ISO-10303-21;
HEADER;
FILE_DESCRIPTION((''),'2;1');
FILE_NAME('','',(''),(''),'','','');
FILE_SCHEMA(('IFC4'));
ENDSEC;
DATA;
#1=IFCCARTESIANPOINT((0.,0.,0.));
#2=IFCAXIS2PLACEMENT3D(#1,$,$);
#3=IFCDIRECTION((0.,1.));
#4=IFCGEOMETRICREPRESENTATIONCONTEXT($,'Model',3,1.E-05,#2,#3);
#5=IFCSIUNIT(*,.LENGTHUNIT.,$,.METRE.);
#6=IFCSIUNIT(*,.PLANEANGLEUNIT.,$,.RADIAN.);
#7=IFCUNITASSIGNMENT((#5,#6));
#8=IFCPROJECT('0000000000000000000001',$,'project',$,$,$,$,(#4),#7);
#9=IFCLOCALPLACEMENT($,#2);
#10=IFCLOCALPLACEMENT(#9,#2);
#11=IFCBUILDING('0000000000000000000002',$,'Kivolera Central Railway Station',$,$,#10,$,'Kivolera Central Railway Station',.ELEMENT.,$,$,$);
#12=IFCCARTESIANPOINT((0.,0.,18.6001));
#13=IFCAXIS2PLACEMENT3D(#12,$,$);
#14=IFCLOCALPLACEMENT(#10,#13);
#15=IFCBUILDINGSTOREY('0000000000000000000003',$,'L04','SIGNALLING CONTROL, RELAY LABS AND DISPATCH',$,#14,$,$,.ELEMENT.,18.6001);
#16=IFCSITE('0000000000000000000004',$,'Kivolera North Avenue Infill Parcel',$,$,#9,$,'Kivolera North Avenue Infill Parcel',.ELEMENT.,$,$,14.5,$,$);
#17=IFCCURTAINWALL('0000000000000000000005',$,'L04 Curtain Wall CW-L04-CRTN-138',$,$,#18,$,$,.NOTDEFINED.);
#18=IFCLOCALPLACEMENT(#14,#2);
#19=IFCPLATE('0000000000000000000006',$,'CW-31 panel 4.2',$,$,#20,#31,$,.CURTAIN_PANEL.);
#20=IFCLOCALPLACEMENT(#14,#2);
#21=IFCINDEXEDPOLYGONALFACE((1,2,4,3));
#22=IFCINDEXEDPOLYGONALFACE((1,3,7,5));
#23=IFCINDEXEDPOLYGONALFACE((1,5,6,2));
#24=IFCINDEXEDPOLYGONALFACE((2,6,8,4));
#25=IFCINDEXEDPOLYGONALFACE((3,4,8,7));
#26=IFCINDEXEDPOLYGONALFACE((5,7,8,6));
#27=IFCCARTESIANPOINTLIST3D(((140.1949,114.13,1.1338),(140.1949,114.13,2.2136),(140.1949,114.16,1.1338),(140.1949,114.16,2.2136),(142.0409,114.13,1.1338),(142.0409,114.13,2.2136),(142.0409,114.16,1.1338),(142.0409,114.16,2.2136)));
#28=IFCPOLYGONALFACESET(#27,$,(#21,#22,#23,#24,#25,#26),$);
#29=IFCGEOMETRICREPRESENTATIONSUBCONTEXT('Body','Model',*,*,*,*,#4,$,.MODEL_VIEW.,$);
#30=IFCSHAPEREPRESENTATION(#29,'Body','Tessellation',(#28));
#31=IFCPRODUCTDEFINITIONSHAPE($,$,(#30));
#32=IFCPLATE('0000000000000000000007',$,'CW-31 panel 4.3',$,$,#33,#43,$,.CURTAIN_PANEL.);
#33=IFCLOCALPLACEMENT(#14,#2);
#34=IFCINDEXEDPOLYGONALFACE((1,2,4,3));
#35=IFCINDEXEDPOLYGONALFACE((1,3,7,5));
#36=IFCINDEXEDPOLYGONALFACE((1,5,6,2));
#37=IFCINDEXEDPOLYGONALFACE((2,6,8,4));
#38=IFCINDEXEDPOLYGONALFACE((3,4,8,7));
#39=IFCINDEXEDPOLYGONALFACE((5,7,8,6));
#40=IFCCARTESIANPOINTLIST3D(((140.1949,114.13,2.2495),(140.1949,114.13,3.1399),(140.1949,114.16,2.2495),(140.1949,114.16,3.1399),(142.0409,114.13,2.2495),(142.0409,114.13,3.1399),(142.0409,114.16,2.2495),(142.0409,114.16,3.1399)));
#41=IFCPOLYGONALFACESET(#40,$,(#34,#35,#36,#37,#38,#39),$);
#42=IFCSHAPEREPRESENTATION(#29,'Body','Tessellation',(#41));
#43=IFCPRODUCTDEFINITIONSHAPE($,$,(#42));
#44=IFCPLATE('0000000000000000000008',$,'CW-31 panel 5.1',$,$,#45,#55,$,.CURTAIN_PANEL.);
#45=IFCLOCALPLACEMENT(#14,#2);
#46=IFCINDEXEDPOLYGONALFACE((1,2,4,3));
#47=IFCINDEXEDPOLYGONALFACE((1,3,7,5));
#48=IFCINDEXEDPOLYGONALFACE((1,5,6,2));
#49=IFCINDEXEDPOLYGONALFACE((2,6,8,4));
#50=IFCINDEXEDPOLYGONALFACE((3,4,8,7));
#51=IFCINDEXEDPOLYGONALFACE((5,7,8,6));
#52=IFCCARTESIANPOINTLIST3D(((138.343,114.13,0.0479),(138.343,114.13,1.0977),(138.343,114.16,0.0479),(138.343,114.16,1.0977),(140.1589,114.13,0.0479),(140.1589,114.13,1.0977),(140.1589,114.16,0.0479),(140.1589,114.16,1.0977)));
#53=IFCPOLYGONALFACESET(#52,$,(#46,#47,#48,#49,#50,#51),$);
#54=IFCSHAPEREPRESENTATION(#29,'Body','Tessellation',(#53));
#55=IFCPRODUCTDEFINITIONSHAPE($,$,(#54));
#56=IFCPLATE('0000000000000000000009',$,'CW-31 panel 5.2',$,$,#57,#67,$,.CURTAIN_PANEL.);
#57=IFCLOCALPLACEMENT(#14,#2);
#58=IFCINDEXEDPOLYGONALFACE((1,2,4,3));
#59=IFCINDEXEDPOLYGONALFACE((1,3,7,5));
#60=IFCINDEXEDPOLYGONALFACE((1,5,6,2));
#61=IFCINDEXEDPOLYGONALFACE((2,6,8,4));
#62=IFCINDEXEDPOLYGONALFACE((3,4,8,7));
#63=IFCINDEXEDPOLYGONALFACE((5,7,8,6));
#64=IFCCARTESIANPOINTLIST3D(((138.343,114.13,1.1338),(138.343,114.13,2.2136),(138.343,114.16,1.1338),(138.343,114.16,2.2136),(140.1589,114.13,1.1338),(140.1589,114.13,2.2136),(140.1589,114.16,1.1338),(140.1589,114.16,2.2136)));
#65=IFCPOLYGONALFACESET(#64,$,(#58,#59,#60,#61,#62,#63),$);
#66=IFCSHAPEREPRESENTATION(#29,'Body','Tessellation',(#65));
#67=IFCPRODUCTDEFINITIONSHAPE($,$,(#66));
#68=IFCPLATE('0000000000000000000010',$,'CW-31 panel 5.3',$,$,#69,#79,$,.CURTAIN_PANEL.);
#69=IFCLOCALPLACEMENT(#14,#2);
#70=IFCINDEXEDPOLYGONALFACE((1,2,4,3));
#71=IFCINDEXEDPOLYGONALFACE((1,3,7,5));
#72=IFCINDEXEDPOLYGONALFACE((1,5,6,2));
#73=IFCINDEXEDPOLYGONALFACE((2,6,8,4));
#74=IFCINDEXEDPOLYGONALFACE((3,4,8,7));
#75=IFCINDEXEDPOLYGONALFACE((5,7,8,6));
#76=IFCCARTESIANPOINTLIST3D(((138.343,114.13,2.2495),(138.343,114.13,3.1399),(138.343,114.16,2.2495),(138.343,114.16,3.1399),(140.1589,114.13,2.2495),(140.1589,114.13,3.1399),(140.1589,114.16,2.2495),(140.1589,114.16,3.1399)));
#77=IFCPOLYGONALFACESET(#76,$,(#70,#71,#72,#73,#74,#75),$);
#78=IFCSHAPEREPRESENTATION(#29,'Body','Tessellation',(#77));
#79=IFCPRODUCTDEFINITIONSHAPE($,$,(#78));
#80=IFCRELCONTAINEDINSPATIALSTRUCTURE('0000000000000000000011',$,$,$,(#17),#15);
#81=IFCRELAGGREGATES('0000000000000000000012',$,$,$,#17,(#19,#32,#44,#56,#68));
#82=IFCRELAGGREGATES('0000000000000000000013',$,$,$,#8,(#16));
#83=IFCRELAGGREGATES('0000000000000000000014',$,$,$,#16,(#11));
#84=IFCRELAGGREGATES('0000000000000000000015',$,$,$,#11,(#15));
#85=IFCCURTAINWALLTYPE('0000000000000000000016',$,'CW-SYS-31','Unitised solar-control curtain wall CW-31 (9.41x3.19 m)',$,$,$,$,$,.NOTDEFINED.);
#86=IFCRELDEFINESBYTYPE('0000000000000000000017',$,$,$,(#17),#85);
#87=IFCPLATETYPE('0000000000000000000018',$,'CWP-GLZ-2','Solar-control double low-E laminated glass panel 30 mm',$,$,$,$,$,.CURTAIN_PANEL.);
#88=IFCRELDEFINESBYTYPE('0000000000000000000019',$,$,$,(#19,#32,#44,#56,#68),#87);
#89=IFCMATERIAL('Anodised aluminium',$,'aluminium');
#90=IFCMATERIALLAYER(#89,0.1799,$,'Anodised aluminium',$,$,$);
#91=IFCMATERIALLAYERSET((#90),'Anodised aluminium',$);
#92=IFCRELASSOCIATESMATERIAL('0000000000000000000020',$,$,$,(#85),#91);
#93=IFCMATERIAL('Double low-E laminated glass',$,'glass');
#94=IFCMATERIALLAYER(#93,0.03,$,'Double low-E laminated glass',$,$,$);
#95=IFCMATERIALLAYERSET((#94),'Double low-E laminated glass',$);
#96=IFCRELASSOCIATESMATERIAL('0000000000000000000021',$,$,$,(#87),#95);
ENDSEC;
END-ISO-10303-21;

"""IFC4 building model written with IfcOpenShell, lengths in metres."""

from ifc_helpers import new_model, si_unit, direction, frame, origin, origin_2d, place, context, subcontext, project, spatial, rectangle, extrude, material, layer, layer_set, type_object, element, aggregate, save


model = new_model("IFC4")

# Units and contexts
model_context = context("Model", 3, precision=1e-05, world=origin(), true_north=direction((0.0, 1.0)))
body_context = subcontext(model_context, "Body", "Model", "MODEL_VIEW")
ifc_project = project(units=[si_unit("LENGTHUNIT", "METRE"), si_unit("PLANEANGLEUNIT", "RADIAN")], contexts=[model_context])

# Site, building, storey
site_placement = place(None, origin())
site = spatial("IfcSite", under=ifc_project, at=site_placement, Name="Kivolera North Avenue Infill Parcel", LongName="Kivolera North Avenue Infill Parcel", CompositionType="ELEMENT", RefElevation=14.5)
building_placement = place(site_placement, origin())
building = spatial("IfcBuilding", under=site, at=building_placement, Name="Kivolera Central Railway Station", LongName="Kivolera Central Railway Station", CompositionType="ELEMENT")
storey_placement = place(building_placement, frame((0.0, 0.0, 18.6001)))
storey = spatial("IfcBuildingStorey", under=building, at=storey_placement, Name="L04", Description="SIGNALLING CONTROL, RELAY LABS AND DISPATCH", CompositionType="ELEMENT", Elevation=18.6001)

# Curtain wall, plates
ifc_material_1 = material(Name="Anodised aluminium", Category="aluminium")
ifc_layer_1 = layer(ifc_material_1, 0.1799, Name="Anodised aluminium")
ifc_layer_set_1 = layer_set([ifc_layer_1], Name="Anodised aluminium")
curtain_wall_type = type_object("IfcCurtainWallType", Name="CW-SYS-31", Description="Unitised solar-control curtain wall CW-31 (9.41x3.19 m)", PredefinedType="NOTDEFINED", material=ifc_layer_set_1)
curtain_wall_placement = place(storey_placement, origin())
curtain_wall = element("IfcCurtainWall", 1, at=curtain_wall_placement, inside=storey, type_object=curtain_wall_type, Name="L04 Curtain Wall CW-L04-CRTN-138", PredefinedType="NOTDEFINED")
ifc_material_2 = material(Name="Double low-E laminated glass", Category="glass")
ifc_layer_2 = layer(ifc_material_2, 0.03, Name="Double low-E laminated glass")
ifc_layer_set_2 = layer_set([ifc_layer_2], Name="Double low-E laminated glass")
plate_type = type_object("IfcPlateType", Name="CWP-GLZ-2", Description="Solar-control double low-E laminated glass panel 30 mm", PredefinedType="CURTAIN_PANEL", material=ifc_layer_set_2)
plate_1_placement = place(storey_placement, frame((141.1179, 114.145, 1.1338), z_axis=(0.0, 0.0, 1.0), x_axis=(-1.0, 0.0, 0.0)))
plate_1 = element("IfcPlate", 2, at=plate_1_placement, type_object=plate_type, Name="CW-31 panel 4.2", PredefinedType="CURTAIN_PANEL", context=body_context, shape_type="SweptSolid", body=[
    extrude(rectangle(XDim=1.8459, YDim=0.03, at=origin_2d()), origin(), (0.0, 0.0, 1.0), 1.0798),
])
plate_2_placement = place(storey_placement, frame((141.1179, 114.145, 2.2495), z_axis=(0.0, 0.0, 1.0), x_axis=(-1.0, 0.0, 0.0)))
plate_2 = element("IfcPlate", 3, at=plate_2_placement, type_object=plate_type, Name="CW-31 panel 4.3", PredefinedType="CURTAIN_PANEL", context=body_context, shape_type="SweptSolid", body=[
    extrude(rectangle(XDim=1.8459, YDim=0.03, at=origin_2d()), origin(), (0.0, 0.0, 1.0), 0.8904),
])
plate_3_placement = place(storey_placement, frame((139.251, 114.145, 0.0479), z_axis=(0.0, 0.0, 1.0), x_axis=(-1.0, 0.0, 0.0)))
plate_3 = element("IfcPlate", 4, at=plate_3_placement, type_object=plate_type, Name="CW-31 panel 5.1", PredefinedType="CURTAIN_PANEL", context=body_context, shape_type="SweptSolid", body=[
    extrude(rectangle(XDim=1.8159, YDim=0.03, at=origin_2d()), origin(), (0.0, 0.0, 1.0), 1.0498),
])
plate_4_placement = place(storey_placement, frame((139.251, 114.145, 1.1338), z_axis=(0.0, 0.0, 1.0), x_axis=(-1.0, 0.0, 0.0)))
plate_4 = element("IfcPlate", 5, at=plate_4_placement, type_object=plate_type, Name="CW-31 panel 5.2", PredefinedType="CURTAIN_PANEL", context=body_context, shape_type="SweptSolid", body=[
    extrude(rectangle(XDim=1.8159, YDim=0.03, at=origin_2d()), origin(), (0.0, 0.0, 1.0), 1.0798),
])
plate_5_placement = place(storey_placement, frame((139.251, 114.145, 2.2495), z_axis=(0.0, 0.0, 1.0), x_axis=(-1.0, 0.0, 0.0)))
plate_5 = element("IfcPlate", 6, at=plate_5_placement, type_object=plate_type, Name="CW-31 panel 5.3", PredefinedType="CURTAIN_PANEL", context=body_context, shape_type="SweptSolid", body=[
    extrude(rectangle(XDim=1.8159, YDim=0.03, at=origin_2d()), origin(), (0.0, 0.0, 1.0), 0.8904),
])
aggregate(curtain_wall, [plate_1, plate_2, plate_3, plate_4, plate_5])

save(model, "model.ifc")
